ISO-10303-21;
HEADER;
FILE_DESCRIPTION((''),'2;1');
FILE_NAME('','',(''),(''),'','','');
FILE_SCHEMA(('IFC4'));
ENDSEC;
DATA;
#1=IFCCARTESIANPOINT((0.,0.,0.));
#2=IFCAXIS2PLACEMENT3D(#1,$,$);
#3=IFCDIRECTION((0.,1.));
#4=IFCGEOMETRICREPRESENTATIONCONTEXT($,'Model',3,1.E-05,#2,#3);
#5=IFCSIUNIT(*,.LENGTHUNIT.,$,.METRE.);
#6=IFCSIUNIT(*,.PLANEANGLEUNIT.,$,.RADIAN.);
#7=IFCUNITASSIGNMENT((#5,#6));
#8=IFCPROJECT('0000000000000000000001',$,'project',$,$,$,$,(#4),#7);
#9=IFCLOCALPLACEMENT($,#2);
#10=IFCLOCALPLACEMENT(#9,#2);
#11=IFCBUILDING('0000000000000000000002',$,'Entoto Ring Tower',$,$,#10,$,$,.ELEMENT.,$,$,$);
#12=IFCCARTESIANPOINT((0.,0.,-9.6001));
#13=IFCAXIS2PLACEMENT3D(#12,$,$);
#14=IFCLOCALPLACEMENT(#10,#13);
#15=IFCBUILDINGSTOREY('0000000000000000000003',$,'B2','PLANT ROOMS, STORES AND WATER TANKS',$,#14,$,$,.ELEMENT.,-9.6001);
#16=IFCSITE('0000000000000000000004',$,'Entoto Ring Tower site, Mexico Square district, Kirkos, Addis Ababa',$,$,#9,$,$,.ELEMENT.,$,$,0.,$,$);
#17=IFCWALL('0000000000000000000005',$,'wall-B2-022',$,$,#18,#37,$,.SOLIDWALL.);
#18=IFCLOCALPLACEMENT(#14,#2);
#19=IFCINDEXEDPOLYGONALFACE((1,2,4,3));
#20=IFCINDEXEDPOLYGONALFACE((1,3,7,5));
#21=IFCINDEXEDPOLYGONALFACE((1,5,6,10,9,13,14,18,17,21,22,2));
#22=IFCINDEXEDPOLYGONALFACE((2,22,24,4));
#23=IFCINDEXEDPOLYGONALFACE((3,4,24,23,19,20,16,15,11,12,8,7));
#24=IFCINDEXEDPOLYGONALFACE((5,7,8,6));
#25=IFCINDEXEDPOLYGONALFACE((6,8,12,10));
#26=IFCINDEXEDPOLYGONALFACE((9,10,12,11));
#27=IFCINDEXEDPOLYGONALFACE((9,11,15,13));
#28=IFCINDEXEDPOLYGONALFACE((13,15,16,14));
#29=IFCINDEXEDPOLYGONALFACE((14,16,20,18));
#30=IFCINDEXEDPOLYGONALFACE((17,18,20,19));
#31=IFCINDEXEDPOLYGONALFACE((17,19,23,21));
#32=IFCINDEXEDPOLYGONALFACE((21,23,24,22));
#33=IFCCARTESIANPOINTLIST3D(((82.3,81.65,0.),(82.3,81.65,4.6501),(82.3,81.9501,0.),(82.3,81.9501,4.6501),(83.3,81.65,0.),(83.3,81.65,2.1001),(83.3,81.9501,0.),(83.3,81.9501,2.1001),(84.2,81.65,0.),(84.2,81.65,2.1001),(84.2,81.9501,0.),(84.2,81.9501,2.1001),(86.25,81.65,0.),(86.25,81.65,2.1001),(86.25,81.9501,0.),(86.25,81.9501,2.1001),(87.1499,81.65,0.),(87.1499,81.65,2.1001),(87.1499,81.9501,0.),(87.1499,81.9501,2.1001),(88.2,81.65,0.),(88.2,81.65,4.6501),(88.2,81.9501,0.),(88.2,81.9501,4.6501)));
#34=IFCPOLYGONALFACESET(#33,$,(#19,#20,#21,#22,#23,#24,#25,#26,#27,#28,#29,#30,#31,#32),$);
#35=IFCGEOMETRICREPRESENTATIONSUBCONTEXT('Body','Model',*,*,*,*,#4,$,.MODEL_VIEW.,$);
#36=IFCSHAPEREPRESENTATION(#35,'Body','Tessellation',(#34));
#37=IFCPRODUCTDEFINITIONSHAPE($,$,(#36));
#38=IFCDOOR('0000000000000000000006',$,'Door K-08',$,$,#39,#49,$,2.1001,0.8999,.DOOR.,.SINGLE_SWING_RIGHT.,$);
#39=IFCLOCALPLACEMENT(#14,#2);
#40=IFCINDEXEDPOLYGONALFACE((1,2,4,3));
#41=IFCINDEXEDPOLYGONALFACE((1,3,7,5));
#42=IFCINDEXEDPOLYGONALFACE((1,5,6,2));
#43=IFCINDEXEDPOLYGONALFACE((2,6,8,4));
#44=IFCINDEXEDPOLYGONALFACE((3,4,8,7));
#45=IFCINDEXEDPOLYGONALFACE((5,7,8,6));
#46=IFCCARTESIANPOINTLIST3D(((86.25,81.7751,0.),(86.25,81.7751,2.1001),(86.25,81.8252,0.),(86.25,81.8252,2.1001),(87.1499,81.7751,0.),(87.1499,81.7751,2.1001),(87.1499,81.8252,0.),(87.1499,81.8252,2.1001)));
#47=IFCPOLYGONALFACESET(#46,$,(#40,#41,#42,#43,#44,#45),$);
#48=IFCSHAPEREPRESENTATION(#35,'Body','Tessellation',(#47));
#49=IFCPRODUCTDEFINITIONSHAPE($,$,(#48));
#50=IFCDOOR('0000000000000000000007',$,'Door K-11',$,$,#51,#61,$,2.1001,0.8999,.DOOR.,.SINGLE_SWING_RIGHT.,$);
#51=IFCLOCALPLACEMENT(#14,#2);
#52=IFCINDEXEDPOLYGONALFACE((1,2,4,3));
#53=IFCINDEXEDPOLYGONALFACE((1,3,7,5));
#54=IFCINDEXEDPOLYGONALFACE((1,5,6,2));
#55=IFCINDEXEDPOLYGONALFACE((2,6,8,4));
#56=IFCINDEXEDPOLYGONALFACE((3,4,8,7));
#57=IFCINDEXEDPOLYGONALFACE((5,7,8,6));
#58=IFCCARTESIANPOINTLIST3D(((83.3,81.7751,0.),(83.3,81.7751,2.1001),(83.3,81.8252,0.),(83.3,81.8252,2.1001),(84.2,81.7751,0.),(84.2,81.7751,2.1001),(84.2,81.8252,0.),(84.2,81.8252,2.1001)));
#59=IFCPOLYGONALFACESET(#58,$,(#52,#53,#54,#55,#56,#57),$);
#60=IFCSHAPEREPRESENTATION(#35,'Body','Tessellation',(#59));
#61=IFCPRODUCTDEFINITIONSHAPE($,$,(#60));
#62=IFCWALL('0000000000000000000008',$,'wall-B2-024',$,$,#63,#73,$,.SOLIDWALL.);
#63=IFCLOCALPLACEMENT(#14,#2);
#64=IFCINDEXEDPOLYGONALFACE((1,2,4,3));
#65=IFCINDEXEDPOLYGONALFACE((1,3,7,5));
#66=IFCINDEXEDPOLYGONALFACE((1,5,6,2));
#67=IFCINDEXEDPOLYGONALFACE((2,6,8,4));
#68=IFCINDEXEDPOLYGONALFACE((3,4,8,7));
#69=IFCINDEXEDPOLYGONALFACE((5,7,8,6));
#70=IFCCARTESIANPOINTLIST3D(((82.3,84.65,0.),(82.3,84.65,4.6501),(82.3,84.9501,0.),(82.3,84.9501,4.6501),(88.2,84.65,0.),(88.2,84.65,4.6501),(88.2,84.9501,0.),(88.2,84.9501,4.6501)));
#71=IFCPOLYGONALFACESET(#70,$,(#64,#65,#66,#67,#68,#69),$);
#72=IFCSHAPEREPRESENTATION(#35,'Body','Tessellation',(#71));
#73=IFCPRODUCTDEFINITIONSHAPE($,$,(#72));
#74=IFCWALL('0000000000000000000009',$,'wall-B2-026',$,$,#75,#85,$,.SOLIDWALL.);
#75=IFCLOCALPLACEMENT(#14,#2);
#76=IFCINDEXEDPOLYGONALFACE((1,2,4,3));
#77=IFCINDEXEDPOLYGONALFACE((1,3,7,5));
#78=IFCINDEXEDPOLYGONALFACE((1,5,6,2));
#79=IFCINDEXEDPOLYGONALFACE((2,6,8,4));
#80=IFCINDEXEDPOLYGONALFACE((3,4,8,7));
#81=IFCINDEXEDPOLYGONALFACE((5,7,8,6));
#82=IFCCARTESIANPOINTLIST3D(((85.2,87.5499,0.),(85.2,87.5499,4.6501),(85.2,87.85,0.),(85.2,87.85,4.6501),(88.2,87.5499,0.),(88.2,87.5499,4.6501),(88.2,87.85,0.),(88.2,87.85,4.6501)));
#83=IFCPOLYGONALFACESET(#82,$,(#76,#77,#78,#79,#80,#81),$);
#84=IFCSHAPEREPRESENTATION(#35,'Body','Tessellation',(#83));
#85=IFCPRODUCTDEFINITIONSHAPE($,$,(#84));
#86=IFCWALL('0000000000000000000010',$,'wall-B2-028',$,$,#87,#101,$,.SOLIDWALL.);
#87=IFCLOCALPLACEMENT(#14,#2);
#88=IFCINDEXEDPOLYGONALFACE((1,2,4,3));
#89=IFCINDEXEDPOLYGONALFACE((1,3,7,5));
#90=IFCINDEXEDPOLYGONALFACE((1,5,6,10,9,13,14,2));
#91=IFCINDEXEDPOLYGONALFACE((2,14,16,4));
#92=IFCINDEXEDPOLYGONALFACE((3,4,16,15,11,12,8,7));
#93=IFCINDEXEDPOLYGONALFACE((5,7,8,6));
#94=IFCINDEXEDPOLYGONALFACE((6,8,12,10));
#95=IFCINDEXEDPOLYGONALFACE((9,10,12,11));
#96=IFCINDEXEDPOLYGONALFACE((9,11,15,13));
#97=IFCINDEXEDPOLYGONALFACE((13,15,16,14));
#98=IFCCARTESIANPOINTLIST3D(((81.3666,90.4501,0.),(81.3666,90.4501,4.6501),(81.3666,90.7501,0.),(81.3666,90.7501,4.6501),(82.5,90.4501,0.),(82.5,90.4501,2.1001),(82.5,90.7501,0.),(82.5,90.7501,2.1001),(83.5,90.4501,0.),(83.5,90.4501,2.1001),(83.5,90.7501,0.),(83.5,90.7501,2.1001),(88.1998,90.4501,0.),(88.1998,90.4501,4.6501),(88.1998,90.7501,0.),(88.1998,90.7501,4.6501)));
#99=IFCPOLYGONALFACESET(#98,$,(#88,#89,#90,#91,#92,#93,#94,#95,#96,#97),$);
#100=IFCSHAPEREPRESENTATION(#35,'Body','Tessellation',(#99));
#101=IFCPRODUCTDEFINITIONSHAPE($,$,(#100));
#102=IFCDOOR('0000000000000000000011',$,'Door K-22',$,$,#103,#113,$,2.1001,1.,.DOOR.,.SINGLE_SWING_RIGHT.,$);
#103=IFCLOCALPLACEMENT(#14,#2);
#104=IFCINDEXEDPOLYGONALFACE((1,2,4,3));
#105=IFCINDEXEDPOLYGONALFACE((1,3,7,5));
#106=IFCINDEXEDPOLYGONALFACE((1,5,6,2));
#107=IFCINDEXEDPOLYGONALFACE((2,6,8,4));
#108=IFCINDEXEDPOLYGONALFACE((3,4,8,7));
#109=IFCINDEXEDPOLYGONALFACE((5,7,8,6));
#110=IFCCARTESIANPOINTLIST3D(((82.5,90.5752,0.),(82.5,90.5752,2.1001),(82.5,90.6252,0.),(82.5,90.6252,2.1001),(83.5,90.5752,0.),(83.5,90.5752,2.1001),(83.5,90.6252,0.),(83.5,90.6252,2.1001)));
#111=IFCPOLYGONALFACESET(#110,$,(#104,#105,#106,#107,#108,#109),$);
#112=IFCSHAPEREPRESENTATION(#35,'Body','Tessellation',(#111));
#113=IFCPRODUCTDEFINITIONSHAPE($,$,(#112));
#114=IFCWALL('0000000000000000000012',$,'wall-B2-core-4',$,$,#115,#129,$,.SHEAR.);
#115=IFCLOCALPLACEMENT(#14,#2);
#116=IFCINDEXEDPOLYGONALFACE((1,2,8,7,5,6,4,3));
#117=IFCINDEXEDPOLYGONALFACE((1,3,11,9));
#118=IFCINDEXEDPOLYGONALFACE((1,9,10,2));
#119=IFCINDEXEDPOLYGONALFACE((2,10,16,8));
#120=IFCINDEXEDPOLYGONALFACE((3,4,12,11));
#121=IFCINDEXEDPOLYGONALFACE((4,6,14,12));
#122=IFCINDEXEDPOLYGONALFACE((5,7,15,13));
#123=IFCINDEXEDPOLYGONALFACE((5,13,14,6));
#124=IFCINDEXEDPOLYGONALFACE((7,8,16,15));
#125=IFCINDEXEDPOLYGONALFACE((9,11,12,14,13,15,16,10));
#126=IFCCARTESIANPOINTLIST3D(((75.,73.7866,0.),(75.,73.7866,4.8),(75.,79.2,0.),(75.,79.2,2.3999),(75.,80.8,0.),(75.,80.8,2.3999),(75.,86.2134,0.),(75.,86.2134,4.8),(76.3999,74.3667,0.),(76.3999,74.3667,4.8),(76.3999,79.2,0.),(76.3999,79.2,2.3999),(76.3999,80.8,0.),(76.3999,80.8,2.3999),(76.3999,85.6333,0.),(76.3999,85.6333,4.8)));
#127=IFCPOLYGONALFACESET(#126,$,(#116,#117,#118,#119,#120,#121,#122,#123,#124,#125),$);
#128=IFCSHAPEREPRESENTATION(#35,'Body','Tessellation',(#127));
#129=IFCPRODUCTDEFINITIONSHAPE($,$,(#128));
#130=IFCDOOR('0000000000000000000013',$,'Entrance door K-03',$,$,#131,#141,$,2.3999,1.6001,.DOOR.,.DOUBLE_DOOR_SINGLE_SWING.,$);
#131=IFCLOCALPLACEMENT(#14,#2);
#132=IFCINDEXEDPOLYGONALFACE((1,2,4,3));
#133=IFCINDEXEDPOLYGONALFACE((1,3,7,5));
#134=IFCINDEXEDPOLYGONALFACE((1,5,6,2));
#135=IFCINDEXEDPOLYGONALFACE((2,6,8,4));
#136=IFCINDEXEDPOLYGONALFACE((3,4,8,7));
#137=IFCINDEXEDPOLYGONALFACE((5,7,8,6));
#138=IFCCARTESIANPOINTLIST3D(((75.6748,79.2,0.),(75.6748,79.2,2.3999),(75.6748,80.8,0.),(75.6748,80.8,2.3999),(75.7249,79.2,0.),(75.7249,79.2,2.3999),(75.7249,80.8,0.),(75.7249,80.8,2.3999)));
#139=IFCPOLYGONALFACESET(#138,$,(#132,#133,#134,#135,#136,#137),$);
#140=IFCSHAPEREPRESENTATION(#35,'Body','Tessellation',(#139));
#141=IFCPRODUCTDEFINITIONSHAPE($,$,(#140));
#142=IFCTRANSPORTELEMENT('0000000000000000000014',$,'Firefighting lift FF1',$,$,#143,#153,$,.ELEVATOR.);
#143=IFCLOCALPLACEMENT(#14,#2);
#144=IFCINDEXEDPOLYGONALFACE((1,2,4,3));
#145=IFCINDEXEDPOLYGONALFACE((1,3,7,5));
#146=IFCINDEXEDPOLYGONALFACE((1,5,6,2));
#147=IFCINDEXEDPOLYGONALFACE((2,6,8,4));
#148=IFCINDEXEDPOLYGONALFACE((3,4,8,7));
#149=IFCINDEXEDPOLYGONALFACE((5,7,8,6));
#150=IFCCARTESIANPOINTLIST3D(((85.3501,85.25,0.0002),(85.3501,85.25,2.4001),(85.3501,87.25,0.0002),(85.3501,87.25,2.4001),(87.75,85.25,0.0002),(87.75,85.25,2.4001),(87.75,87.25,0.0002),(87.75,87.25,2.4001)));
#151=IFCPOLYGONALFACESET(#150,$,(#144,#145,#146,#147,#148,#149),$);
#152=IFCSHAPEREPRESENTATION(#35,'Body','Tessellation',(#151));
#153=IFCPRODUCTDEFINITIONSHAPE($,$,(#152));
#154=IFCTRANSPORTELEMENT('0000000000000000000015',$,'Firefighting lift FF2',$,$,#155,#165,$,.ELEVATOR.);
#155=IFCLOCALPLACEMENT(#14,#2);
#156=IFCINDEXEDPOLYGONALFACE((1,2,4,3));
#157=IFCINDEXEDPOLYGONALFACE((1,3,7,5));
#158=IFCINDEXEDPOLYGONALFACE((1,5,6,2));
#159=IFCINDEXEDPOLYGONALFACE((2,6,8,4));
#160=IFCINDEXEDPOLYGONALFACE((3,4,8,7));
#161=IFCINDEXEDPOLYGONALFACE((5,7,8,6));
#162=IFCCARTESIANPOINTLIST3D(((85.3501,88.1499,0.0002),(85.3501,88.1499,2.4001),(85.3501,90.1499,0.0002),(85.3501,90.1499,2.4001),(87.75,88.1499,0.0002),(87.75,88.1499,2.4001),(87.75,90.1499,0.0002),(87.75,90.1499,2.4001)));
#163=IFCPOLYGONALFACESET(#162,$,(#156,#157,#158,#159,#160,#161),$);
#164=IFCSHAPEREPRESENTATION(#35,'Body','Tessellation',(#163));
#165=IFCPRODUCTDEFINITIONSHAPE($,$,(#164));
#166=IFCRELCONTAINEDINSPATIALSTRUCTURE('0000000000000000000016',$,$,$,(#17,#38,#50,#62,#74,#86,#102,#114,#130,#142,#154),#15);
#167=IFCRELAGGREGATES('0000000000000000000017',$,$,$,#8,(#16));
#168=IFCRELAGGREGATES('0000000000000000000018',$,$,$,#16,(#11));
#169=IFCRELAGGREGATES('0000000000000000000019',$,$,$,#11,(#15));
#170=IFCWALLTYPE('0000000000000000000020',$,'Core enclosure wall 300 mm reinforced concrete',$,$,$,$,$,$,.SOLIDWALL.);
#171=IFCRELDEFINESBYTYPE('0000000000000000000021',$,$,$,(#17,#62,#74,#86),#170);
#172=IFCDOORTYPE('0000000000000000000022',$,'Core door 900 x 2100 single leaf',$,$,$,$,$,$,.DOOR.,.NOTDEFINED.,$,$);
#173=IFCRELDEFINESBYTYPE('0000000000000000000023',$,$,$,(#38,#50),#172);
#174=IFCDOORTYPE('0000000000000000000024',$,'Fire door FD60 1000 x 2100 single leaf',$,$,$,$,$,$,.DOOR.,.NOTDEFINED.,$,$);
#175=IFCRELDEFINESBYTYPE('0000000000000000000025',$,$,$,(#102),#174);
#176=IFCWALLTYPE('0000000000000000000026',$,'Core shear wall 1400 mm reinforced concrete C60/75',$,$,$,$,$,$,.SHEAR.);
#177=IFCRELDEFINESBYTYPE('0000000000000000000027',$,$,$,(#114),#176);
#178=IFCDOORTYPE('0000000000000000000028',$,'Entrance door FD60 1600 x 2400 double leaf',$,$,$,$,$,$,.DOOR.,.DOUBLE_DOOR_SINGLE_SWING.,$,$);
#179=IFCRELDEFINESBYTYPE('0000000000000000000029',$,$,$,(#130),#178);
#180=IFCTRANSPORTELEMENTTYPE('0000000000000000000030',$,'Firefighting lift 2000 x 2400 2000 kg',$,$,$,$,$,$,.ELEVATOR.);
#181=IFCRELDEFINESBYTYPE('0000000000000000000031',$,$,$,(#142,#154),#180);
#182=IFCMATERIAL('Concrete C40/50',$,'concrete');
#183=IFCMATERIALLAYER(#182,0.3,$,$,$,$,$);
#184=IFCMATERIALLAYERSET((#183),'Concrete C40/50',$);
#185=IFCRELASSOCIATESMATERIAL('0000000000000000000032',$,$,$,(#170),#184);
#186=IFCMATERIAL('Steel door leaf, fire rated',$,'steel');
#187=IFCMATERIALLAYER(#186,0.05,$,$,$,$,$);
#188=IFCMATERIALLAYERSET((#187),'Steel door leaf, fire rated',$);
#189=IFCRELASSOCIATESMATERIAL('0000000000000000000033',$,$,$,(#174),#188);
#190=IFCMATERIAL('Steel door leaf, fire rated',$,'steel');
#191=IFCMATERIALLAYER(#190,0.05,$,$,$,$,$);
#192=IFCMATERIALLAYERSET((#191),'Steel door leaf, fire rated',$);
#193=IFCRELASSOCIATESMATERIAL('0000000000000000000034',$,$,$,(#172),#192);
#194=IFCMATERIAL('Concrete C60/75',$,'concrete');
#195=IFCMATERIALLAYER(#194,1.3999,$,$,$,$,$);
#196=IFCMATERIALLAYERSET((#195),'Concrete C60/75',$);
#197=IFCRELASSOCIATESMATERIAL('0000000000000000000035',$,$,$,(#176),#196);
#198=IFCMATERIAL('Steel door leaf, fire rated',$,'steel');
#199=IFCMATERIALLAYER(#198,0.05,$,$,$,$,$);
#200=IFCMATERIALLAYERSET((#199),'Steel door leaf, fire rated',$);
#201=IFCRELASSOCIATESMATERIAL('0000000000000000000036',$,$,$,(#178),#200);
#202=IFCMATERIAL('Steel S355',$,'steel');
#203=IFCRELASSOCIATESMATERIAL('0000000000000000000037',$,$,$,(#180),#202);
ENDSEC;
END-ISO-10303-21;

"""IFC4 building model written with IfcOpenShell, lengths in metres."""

from ifc_helpers import new_model, si_unit, direction, frame, frame_2d, origin, origin_2d, place, context, subcontext, project, spatial, polyline, rectangle, outline, extrude, material, layer, layer_set, type_object, element, fill, save


model = new_model("IFC4")

# Units and contexts
model_context = context("Model", 3, precision=1e-05, world=origin(), true_north=direction((0.0, 1.0)))
body_context = subcontext(model_context, "Body", "Model", "MODEL_VIEW")
ifc_project = project(units=[si_unit("LENGTHUNIT", "METRE"), si_unit("PLANEANGLEUNIT", "RADIAN")], contexts=[model_context])

# Site, building, storey
site_placement = place(None, origin())
site = spatial("IfcSite", under=ifc_project, at=site_placement, Name="Entoto Ring Tower site, Mexico Square district, Kirkos, Addis Ababa", CompositionType="ELEMENT", RefElevation=0.0)
building_placement = place(site_placement, origin())
building = spatial("IfcBuilding", under=site, at=building_placement, Name="Entoto Ring Tower", CompositionType="ELEMENT")
storey_placement = place(building_placement, frame((0.0, 0.0, -9.6001)))
storey = spatial("IfcBuildingStorey", under=building, at=storey_placement, Name="B2", Description="PLANT ROOMS, STORES AND WATER TANKS", CompositionType="ELEMENT", Elevation=-9.6001)

# Shared definitions
ifc_material_1 = material(Name="Concrete C40/50", Category="concrete")
ifc_layer_1 = layer(ifc_material_1, 0.3)
ifc_layer_set_1 = layer_set([ifc_layer_1], Name="Concrete C40/50")
wall_type_1 = type_object("IfcWallType", Name="Core enclosure wall 300 mm reinforced concrete", PredefinedType="SOLIDWALL", material=ifc_layer_set_1)

# Shared definitions
ifc_material_2 = material(Name="Steel door leaf, fire rated", Category="steel")
ifc_layer_2 = layer(ifc_material_2, 0.05)
ifc_layer_set_2 = layer_set([ifc_layer_2], Name="Steel door leaf, fire rated")
door_type_1 = type_object("IfcDoorType", Name="Fire door FD60 1000 x 2100 single leaf", OperationType="NOTDEFINED", PredefinedType="DOOR", material=ifc_layer_set_2)

# Shared definitions
ifc_material_3 = material(Name="Steel door leaf, fire rated", Category="steel")
ifc_layer_3 = layer(ifc_material_3, 0.05)
ifc_layer_set_3 = layer_set([ifc_layer_3], Name="Steel door leaf, fire rated")
door_type_2 = type_object("IfcDoorType", Name="Core door 900 x 2100 single leaf", OperationType="NOTDEFINED", PredefinedType="DOOR", material=ifc_layer_set_3)

# Wall, openings, doors
wall_1_placement = place(storey_placement, frame((82.3, 81.8, 0.0), z_axis=(0.0, 0.0, 1.0), x_axis=(1.0, 0.0, 0.0)))
wall_1 = element("IfcWall", 1, at=wall_1_placement, inside=storey, type_object=wall_type_1, Name="wall-B2-022", PredefinedType="SOLIDWALL", context=body_context, shape_type="SweptSolid", body=[
    extrude(rectangle(XDim=5.8999, YDim=0.3, at=frame_2d((2.95, 0.0))), origin(), (0.0, 0.0, 1.0), 4.6501),
])
opening_1_placement = place(wall_1_placement, frame((3.95, 0.0, 0.0)))
opening_1 = element("IfcOpeningElement", 2, at=opening_1_placement, cuts=wall_1, PredefinedType="OPENING", context=body_context, shape_type="SweptSolid", body=[
    extrude(rectangle(XDim=0.8999, YDim=2.1001, at=frame_2d((0.45, 1.05))), frame((0.0, 0.1602, 0.0), z_axis=(0.0, -1.0, 0.0), x_axis=(1.0, 0.0, 0.0)), (0.0, 0.0, 1.0), 0.3201),
])
opening_2_placement = place(wall_1_placement, frame((1.0, 0.0, 0.0)))
opening_2 = element("IfcOpeningElement", 3, at=opening_2_placement, cuts=wall_1, PredefinedType="OPENING", context=body_context, shape_type="SweptSolid", body=[
    extrude(rectangle(XDim=0.8999, YDim=2.1001, at=frame_2d((0.45, 1.05))), frame((0.0, 0.1602, 0.0), z_axis=(0.0, -1.0, 0.0), x_axis=(1.0, 0.0, 0.0)), (0.0, 0.0, 1.0), 0.3201),
])
door_1_placement = place(opening_1_placement, frame((0.8999, 0.0, 0.0), z_axis=(0.0, 0.0, 1.0), x_axis=(-1.0, 0.0, 0.0)))
door_1 = element("IfcDoor", 4, at=door_1_placement, inside=storey, type_object=door_type_2, Name="Door K-08", OperationType="SINGLE_SWING_RIGHT", OverallHeight=2.1001, OverallWidth=0.8999, PredefinedType="DOOR", context=body_context, shape_type="SweptSolid", body=[
    extrude(rectangle(XDim=0.8999, YDim=2.1001, at=frame_2d((0.45, 1.05))), frame((0.0, 0.0249, 0.0), z_axis=(0.0, -1.0, 0.0), x_axis=(1.0, 0.0, 0.0)), (0.0, 0.0, 1.0), 0.05),
])
fill(opening_1, door_1)
door_2_placement = place(opening_2_placement, frame((0.8999, 0.0, 0.0), z_axis=(0.0, 0.0, 1.0), x_axis=(-1.0, 0.0, 0.0)))
door_2 = element("IfcDoor", 5, at=door_2_placement, inside=storey, type_object=door_type_2, Name="Door K-11", OperationType="SINGLE_SWING_RIGHT", OverallHeight=2.1001, OverallWidth=0.8999, PredefinedType="DOOR", context=body_context, shape_type="SweptSolid", body=[
    extrude(rectangle(XDim=0.8999, YDim=2.1001, at=frame_2d((0.45, 1.05))), frame((0.0, 0.0249, 0.0), z_axis=(0.0, -1.0, 0.0), x_axis=(1.0, 0.0, 0.0)), (0.0, 0.0, 1.0), 0.05),
])
fill(opening_2, door_2)

# Walls
wall_2_placement = place(storey_placement, frame((82.3, 84.8, 0.0), z_axis=(0.0, 0.0, 1.0), x_axis=(1.0, 0.0, 0.0)))
element("IfcWall", 6, at=wall_2_placement, inside=storey, type_object=wall_type_1, Name="wall-B2-024", PredefinedType="SOLIDWALL", context=body_context, shape_type="SweptSolid", body=[
    extrude(rectangle(XDim=5.8999, YDim=0.3, at=frame_2d((2.95, 0.0))), origin(), (0.0, 0.0, 1.0), 4.6501),
])
wall_3_placement = place(storey_placement, frame((85.2, 87.7, 0.0), z_axis=(0.0, 0.0, 1.0), x_axis=(1.0, 0.0, 0.0)))
element("IfcWall", 7, at=wall_3_placement, inside=storey, type_object=wall_type_1, Name="wall-B2-026", PredefinedType="SOLIDWALL", context=body_context, shape_type="SweptSolid", body=[
    extrude(rectangle(XDim=3.0, YDim=0.3, at=frame_2d((1.5, 0.0))), origin(), (0.0, 0.0, 1.0), 4.6501),
])

# Walls, openings, doors
wall_4_placement = place(storey_placement, frame((81.3667, 90.6001, 0.0), z_axis=(0.0, 0.0, 1.0), x_axis=(1.0, 0.0, 0.0)))
wall_4 = element("IfcWall", 8, at=wall_4_placement, inside=storey, type_object=wall_type_1, Name="wall-B2-028", PredefinedType="SOLIDWALL", context=body_context, shape_type="SweptSolid", body=[
    extrude(rectangle(XDim=6.8333, YDim=0.3, at=frame_2d((3.4165, 0.0))), origin(), (0.0, 0.0, 1.0), 4.6501),
])
opening_3_placement = place(wall_4_placement, frame((1.1333, 0.0, 0.0)))
opening_3 = element("IfcOpeningElement", 9, at=opening_3_placement, cuts=wall_4, PredefinedType="OPENING", context=body_context, shape_type="SweptSolid", body=[
    extrude(rectangle(XDim=1.0, YDim=2.1001, at=frame_2d((0.5, 1.05))), frame((0.0, 0.1602, 0.0), z_axis=(0.0, -1.0, 0.0), x_axis=(1.0, 0.0, 0.0)), (0.0, 0.0, 1.0), 0.3201),
])
door_3_placement = place(opening_3_placement, frame((1.0, 0.0, 0.0), z_axis=(0.0, 0.0, 1.0), x_axis=(-1.0, 0.0, 0.0)))
door_3 = element("IfcDoor", 10, at=door_3_placement, inside=storey, type_object=door_type_1, Name="Door K-22", OperationType="SINGLE_SWING_RIGHT", OverallHeight=2.1001, OverallWidth=1.0, PredefinedType="DOOR", context=body_context, shape_type="SweptSolid", body=[
    extrude(rectangle(XDim=1.0, YDim=2.1001, at=frame_2d((0.5, 1.05))), frame((0.0, 0.0249, 0.0), z_axis=(0.0, -1.0, 0.0), x_axis=(1.0, 0.0, 0.0)), (0.0, 0.0, 1.0), 0.05),
])
fill(opening_3, door_3)
ifc_material_4 = material(Name="Concrete C60/75", Category="concrete")
ifc_layer_4 = layer(ifc_material_4, 1.3999)
ifc_layer_set_4 = layer_set([ifc_layer_4], Name="Concrete C60/75")
wall_type_2 = type_object("IfcWallType", Name="Core shear wall 1400 mm reinforced concrete C60/75", PredefinedType="SHEAR", material=ifc_layer_set_4)
wall_5_placement = place(storey_placement, frame((75.7, 85.9233, 0.0), z_axis=(0.0, 0.0, 1.0), x_axis=(0.0, -1.0, 0.0)))
wall_5 = element("IfcWall", 11, at=wall_5_placement, inside=storey, type_object=wall_type_2, Name="wall-B2-core-4", PredefinedType="SHEAR", context=body_context, shape_type="SweptSolid", body=[
    extrude(outline(polyline([(-0.29, -0.7), (12.1367, -0.7), (11.5566, 0.7), (0.29, 0.7), (-0.29, -0.7)])), origin(), (0.0, 0.0, 1.0), 4.8),
])
opening_4_placement = place(wall_5_placement, frame((5.1233, 0.0, 0.0)))
opening_4 = element("IfcOpeningElement", 12, at=opening_4_placement, cuts=wall_5, PredefinedType="OPENING", context=body_context, shape_type="SweptSolid", body=[
    extrude(rectangle(XDim=1.6001, YDim=2.3999, at=frame_2d((0.8, 1.2))), frame((0.0, 0.71, 0.0), z_axis=(0.0, -1.0, 0.0), x_axis=(1.0, 0.0, 0.0)), (0.0, 0.0, 1.0), 1.4199),
])
ifc_material_5 = material(Name="Steel door leaf, fire rated", Category="steel")
ifc_layer_5 = layer(ifc_material_5, 0.05)
ifc_layer_set_5 = layer_set([ifc_layer_5], Name="Steel door leaf, fire rated")
door_type_3 = type_object("IfcDoorType", Name="Entrance door FD60 1600 x 2400 double leaf", OperationType="DOUBLE_DOOR_SINGLE_SWING", PredefinedType="DOOR", material=ifc_layer_set_5)
door_4_placement = place(opening_4_placement, origin())
door_4 = element("IfcDoor", 13, at=door_4_placement, inside=storey, type_object=door_type_3, Name="Entrance door K-03", OperationType="DOUBLE_DOOR_SINGLE_SWING", OverallHeight=2.3999, OverallWidth=1.6001, PredefinedType="DOOR", context=body_context, shape_type="SweptSolid", body=[
    extrude(rectangle(XDim=1.6001, YDim=2.3999, at=frame_2d((0.8, 1.2))), frame((0.0, 0.0249, 0.0), z_axis=(0.0, -1.0, 0.0), x_axis=(1.0, 0.0, 0.0)), (0.0, 0.0, 1.0), 0.05),
])
fill(opening_4, door_4)

# Transport elements
ifc_material_6 = material(Name="Steel S355", Category="steel")
transport_element_type = type_object("IfcTransportElementType", Name="Firefighting lift 2000 x 2400 2000 kg", PredefinedType="ELEVATOR", material=ifc_material_6)
for number, where, z_axis, x_axis, name in (
    (14, (86.55, 86.25, 0.0002), (0.0, 0.0, 1.0), (1.0, 0.0, 0.0), "Firefighting lift FF1"),
    (15, (86.55, 89.1499, 0.0002), (0.0, 0.0, 1.0), (1.0, 0.0, 0.0), "Firefighting lift FF2"),
):
    element("IfcTransportElement", number, at=place(storey_placement, frame(where, z_axis=z_axis, x_axis=x_axis)), inside=storey, type_object=transport_element_type, Name=name, PredefinedType="ELEVATOR", context=body_context, shape_type="SweptSolid", body=[
        extrude(rectangle(XDim=2.3999, YDim=2.0, at=origin_2d()), origin(), (0.0, 0.0, 1.0), 2.3999),
    ])

save(model, "model.ifc")
